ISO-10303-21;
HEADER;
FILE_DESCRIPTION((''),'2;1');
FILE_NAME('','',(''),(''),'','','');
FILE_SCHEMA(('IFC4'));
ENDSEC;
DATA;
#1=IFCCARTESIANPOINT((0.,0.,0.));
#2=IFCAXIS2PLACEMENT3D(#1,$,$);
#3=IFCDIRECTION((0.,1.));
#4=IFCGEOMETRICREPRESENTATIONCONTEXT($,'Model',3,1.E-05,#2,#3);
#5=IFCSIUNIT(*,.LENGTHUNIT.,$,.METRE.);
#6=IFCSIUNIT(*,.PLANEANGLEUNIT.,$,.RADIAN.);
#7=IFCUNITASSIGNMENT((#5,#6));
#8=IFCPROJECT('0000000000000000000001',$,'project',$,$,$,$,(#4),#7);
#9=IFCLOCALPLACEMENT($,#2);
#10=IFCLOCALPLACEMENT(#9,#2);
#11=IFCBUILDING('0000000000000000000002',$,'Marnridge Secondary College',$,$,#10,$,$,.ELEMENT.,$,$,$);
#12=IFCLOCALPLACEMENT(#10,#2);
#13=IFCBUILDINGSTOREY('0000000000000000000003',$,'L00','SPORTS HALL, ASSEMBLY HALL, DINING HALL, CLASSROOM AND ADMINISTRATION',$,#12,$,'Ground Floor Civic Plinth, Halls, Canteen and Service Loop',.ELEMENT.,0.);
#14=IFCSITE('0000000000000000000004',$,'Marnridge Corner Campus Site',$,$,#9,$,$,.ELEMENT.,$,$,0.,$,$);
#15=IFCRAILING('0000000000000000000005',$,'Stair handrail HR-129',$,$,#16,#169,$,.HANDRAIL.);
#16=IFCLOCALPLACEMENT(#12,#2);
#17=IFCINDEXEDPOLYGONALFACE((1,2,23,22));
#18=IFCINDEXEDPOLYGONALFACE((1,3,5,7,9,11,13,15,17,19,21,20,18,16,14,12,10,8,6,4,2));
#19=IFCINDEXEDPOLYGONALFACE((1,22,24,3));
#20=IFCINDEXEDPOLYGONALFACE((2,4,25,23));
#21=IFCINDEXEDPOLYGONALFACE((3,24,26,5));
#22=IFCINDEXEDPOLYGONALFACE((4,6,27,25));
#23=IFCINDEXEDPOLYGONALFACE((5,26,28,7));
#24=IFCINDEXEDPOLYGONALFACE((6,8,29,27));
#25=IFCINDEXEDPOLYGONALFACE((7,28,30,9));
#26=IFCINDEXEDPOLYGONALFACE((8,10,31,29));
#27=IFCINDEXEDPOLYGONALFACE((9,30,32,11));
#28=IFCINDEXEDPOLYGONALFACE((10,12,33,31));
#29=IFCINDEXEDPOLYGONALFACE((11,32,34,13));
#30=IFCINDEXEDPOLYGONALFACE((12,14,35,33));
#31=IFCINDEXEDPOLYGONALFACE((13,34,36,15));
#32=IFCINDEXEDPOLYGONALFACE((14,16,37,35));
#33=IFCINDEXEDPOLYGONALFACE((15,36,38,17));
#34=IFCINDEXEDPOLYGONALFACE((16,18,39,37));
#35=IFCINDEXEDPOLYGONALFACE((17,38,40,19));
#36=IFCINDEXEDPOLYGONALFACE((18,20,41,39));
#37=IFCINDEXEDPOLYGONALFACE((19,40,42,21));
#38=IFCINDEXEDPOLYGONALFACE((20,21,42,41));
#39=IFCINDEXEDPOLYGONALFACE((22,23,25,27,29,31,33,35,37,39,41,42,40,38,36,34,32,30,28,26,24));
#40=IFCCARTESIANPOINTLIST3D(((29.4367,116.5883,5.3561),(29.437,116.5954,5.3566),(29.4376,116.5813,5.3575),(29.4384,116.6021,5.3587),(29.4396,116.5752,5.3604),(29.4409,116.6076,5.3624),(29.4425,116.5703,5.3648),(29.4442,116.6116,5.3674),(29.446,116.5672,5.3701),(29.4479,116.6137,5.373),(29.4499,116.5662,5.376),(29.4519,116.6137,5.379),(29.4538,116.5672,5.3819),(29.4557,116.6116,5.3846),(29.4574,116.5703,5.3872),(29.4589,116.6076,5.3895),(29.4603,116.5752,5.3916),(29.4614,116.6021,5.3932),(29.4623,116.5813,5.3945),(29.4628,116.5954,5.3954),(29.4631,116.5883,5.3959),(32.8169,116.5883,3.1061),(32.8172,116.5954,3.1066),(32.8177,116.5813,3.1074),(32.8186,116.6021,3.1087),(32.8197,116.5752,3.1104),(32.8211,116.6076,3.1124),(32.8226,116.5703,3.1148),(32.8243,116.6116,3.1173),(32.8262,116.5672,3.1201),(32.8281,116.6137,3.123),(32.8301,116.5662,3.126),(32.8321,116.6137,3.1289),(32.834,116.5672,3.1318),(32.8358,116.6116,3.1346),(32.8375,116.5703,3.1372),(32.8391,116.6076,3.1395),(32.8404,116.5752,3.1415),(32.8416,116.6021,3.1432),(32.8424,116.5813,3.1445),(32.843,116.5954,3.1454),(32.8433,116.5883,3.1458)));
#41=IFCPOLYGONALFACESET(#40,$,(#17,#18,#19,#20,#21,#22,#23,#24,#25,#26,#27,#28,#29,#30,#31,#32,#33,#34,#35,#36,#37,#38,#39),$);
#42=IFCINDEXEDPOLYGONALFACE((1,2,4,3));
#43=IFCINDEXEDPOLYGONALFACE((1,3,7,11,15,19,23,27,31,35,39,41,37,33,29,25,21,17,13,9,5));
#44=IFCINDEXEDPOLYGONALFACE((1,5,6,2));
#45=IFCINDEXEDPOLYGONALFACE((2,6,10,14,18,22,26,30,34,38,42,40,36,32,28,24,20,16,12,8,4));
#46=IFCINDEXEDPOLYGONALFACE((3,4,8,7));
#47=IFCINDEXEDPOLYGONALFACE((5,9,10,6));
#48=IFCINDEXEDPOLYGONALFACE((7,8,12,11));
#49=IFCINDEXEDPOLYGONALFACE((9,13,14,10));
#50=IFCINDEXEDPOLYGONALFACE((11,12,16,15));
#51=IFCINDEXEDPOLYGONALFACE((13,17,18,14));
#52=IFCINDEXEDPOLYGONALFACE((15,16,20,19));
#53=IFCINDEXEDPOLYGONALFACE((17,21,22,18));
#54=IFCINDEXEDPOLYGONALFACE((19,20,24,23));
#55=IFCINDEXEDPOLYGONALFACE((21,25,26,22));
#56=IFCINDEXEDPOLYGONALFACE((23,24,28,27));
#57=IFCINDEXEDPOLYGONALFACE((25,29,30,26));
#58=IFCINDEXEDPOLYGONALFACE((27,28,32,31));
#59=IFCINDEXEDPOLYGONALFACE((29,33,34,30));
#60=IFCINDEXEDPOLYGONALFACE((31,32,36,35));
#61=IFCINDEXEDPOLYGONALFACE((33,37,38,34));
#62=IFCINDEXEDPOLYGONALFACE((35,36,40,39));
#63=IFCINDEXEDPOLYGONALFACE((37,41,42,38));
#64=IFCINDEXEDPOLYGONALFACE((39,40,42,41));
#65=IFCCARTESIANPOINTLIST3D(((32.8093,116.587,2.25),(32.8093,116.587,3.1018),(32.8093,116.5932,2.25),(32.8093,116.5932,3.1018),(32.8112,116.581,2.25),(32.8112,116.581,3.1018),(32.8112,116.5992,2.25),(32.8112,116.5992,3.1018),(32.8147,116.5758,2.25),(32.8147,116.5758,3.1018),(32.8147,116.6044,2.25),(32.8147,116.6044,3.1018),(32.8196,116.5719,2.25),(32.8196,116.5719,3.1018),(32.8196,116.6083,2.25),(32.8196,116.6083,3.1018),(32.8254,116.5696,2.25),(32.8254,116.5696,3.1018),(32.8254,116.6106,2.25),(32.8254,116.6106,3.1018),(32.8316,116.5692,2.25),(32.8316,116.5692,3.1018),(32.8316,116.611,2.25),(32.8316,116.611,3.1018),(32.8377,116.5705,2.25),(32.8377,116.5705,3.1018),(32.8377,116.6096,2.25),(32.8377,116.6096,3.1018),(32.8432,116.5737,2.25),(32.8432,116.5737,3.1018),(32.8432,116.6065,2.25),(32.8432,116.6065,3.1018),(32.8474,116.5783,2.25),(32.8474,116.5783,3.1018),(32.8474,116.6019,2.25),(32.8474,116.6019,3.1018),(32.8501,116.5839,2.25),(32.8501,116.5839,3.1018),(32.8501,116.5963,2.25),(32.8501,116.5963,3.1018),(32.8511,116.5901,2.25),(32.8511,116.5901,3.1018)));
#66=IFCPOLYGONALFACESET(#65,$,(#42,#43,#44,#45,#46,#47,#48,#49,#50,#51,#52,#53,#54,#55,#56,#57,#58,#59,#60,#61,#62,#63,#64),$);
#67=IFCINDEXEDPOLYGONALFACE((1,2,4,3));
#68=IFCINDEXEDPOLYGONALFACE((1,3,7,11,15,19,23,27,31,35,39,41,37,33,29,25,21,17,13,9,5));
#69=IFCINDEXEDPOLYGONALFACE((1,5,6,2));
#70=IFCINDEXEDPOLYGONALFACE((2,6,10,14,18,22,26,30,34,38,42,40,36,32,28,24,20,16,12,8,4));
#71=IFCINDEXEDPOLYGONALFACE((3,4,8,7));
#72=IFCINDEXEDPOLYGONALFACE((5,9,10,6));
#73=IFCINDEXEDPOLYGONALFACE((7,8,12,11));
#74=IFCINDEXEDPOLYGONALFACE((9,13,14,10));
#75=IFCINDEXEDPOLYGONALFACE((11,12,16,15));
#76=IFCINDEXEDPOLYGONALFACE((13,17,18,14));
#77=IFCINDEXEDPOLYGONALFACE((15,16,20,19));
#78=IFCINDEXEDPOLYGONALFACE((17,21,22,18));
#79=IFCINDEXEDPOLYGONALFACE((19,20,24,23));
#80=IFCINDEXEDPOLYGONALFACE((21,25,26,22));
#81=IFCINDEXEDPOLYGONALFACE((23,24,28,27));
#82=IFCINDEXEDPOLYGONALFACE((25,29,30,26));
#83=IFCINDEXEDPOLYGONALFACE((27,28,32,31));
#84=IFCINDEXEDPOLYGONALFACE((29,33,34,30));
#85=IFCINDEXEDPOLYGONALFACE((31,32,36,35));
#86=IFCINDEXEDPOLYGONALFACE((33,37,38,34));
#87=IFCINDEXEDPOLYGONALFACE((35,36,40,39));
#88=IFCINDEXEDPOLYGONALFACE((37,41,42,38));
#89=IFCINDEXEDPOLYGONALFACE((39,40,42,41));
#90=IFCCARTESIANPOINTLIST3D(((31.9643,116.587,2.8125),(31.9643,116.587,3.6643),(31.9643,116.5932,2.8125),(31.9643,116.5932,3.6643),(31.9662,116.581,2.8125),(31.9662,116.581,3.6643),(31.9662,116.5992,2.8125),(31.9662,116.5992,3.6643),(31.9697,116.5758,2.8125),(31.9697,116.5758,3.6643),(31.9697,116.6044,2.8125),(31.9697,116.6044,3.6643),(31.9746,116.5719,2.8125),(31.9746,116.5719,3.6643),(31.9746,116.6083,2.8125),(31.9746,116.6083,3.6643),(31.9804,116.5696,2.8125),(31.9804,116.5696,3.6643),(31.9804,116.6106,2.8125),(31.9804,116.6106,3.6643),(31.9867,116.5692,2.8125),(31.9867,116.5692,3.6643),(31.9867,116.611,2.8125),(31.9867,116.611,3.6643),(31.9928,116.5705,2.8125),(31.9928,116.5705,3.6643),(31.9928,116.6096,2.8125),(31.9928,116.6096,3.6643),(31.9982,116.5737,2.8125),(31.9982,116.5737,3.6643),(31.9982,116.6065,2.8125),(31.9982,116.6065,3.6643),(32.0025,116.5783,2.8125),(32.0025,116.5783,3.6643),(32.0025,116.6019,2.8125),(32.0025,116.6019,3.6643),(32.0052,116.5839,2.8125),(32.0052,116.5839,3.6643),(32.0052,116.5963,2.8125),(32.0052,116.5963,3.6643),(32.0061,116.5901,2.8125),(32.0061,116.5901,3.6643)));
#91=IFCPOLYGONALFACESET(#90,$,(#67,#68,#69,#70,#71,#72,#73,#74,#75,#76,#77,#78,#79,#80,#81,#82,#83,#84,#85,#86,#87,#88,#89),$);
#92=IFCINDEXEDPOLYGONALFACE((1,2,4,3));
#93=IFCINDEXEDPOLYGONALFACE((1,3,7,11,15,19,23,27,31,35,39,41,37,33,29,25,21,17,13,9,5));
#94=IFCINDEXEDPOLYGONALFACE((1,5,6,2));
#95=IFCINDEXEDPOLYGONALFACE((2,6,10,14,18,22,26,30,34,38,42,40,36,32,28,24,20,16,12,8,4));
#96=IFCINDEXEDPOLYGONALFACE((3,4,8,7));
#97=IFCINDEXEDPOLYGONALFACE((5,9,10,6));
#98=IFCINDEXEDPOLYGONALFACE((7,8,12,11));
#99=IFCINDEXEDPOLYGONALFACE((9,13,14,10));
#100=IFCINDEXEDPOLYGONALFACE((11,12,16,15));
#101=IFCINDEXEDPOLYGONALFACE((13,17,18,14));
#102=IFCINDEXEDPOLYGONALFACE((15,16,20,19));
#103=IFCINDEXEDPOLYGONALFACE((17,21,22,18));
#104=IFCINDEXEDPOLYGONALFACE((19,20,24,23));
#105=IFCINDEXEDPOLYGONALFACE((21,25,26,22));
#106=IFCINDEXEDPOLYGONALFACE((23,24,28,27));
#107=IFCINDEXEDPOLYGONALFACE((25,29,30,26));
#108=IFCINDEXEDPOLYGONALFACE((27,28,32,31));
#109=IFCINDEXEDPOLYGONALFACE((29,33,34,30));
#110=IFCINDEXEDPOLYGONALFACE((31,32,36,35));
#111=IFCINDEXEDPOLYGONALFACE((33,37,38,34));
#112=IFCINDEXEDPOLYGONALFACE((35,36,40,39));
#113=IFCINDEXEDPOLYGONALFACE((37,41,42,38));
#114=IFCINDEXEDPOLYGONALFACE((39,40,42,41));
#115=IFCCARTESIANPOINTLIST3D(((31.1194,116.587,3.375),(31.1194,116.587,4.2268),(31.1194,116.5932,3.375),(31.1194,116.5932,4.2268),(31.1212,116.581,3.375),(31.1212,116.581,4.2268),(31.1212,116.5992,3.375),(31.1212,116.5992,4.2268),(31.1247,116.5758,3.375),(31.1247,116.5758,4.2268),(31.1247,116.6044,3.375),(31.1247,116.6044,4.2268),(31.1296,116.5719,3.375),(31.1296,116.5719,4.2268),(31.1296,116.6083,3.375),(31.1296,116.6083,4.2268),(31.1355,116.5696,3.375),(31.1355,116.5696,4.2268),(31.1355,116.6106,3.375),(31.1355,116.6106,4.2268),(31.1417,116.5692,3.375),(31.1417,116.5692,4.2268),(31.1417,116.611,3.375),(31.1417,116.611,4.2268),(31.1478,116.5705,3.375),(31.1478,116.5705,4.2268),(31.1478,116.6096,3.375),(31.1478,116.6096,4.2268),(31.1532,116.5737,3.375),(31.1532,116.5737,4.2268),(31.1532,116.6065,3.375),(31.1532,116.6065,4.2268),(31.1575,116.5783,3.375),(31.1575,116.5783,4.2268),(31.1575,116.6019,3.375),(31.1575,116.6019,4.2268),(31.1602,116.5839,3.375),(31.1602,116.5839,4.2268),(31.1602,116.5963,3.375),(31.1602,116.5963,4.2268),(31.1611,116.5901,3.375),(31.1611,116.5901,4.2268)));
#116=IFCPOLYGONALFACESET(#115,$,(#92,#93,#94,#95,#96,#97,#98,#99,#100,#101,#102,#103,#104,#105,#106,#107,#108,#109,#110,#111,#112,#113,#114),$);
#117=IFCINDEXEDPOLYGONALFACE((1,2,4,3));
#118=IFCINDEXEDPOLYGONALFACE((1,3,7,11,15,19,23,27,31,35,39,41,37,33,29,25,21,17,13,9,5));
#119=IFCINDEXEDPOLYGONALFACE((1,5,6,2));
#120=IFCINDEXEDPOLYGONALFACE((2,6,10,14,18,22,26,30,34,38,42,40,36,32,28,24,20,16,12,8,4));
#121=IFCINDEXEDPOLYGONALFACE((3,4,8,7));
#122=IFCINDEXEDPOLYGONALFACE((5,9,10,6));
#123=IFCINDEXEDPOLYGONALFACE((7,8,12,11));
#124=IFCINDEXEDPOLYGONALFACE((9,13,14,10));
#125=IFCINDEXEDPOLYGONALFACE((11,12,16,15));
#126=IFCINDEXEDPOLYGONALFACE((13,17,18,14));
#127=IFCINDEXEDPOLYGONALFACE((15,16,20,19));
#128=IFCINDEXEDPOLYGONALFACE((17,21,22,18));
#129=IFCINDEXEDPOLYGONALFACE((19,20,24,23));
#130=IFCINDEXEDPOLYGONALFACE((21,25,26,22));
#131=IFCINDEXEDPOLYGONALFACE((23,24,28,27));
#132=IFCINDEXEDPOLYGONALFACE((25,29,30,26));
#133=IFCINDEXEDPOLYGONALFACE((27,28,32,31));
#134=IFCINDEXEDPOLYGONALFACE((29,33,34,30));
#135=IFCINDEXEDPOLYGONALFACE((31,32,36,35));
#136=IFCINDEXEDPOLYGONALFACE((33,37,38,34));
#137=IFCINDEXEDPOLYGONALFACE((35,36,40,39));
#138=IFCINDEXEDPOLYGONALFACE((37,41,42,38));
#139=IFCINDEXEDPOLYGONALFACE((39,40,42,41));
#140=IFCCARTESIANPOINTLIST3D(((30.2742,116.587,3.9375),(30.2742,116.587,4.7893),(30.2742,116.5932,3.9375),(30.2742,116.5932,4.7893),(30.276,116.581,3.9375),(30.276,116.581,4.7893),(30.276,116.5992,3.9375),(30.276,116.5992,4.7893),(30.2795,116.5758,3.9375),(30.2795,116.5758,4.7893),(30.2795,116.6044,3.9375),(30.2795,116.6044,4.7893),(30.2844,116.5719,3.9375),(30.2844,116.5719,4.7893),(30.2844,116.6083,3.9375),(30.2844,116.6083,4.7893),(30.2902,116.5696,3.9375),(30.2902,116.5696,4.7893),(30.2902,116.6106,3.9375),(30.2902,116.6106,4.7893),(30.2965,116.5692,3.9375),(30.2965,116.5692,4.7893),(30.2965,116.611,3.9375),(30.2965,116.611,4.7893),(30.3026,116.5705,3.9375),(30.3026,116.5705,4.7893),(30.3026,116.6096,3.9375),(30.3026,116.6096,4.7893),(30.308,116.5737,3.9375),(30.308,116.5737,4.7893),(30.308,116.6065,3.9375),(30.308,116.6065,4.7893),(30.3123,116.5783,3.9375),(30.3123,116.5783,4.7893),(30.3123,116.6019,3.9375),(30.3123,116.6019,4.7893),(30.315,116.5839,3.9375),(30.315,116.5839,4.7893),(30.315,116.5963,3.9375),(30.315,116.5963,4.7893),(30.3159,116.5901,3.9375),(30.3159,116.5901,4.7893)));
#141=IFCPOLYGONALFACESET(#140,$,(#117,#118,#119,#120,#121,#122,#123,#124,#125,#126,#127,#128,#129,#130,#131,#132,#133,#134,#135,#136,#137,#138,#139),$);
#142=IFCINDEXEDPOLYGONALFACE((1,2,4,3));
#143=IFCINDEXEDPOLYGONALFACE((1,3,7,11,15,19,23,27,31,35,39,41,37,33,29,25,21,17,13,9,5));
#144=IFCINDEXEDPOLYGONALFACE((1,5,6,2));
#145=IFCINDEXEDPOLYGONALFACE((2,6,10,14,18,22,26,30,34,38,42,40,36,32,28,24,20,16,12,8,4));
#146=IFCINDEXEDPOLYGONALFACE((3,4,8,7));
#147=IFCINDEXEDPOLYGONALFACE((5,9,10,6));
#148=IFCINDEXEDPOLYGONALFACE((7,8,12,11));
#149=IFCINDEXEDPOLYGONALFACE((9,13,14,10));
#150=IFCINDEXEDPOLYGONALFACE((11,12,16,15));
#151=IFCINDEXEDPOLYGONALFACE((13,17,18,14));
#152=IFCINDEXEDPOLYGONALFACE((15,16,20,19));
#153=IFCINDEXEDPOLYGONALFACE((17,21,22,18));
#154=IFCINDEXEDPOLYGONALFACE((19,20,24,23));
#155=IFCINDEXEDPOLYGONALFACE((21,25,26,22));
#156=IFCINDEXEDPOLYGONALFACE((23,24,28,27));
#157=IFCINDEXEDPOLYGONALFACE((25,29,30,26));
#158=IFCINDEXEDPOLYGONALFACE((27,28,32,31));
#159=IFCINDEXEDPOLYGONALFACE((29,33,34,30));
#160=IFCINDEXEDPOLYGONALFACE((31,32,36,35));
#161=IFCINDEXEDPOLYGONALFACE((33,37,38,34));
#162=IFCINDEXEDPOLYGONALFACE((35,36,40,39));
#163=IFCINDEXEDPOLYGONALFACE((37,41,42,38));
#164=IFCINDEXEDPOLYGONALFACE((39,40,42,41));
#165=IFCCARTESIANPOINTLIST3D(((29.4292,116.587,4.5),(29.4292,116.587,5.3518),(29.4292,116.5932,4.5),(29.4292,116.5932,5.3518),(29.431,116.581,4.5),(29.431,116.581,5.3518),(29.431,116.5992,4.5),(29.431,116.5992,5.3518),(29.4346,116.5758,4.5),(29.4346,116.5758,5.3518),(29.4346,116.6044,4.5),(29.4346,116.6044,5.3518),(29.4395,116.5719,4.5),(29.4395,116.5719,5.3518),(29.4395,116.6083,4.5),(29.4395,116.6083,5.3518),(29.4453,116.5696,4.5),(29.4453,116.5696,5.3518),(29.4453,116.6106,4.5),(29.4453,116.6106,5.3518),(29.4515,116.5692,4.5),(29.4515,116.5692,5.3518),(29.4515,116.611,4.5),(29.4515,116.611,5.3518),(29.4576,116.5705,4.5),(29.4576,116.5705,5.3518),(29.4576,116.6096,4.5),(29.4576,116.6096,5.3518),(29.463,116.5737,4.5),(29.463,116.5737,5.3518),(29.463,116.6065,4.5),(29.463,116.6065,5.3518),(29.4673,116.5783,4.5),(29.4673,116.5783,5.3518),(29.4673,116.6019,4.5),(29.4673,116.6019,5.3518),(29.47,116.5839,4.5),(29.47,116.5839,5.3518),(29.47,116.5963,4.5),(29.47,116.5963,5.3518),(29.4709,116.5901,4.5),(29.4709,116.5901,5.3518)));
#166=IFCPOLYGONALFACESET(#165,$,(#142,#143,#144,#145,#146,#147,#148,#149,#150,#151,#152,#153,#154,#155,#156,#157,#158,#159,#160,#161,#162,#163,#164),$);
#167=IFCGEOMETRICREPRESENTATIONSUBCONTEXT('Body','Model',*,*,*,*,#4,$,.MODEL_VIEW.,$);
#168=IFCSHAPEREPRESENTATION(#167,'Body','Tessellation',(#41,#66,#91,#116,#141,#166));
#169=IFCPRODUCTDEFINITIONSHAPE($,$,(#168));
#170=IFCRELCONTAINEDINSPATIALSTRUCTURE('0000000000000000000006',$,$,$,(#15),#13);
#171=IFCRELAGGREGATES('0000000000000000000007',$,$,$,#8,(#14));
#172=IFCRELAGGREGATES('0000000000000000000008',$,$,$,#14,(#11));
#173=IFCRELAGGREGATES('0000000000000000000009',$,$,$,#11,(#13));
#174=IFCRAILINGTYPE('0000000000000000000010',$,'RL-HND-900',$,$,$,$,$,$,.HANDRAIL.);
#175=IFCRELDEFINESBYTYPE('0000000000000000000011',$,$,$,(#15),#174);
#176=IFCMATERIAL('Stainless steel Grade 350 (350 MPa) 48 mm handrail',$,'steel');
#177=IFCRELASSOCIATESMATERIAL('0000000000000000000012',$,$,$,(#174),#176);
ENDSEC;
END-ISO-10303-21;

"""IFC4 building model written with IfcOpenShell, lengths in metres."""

from ifc_helpers import new_model, si_unit, direction, frame, origin, origin_2d, place, context, subcontext, project, spatial, circle, extrude, material, type_object, element, save


model = new_model("IFC4")

# Units and contexts
model_context = context("Model", 3, precision=1e-05, world=origin(), true_north=direction((0.0, 1.0)))
body_context = subcontext(model_context, "Body", "Model", "MODEL_VIEW")
ifc_project = project(units=[si_unit("LENGTHUNIT", "METRE"), si_unit("PLANEANGLEUNIT", "RADIAN")], contexts=[model_context])

# Site, building, storey
site_placement = place(None, origin())
site = spatial("IfcSite", under=ifc_project, at=site_placement, Name="Marnridge Corner Campus Site", CompositionType="ELEMENT", RefElevation=0.0)
building_placement = place(site_placement, origin())
building = spatial("IfcBuilding", under=site, at=building_placement, Name="Marnridge Secondary College", CompositionType="ELEMENT")
storey_placement = place(building_placement, origin())
storey = spatial("IfcBuildingStorey", under=building, at=storey_placement, Name="L00", Description="SPORTS HALL, ASSEMBLY HALL, DINING HALL, CLASSROOM AND ADMINISTRATION", LongName="Ground Floor Civic Plinth, Halls, Canteen and Service Loop", CompositionType="ELEMENT", Elevation=0.0)

# Railing
ifc_material_1 = material(Name="Stainless steel Grade 350 (350 MPa) 48 mm handrail", Category="steel")
railing_type = type_object("IfcRailingType", Name="RL-HND-900", PredefinedType="HANDRAIL", material=ifc_material_1)
for number, where, name in (
    (1, (32.8301, 116.5901, 2.25), "Stair handrail HR-129"),
):
    element("IfcRailing", number, at=place(storey_placement, frame(where)), inside=storey, type_object=railing_type, Name=name, PredefinedType="HANDRAIL", context=body_context, shape_type="SweptSolid", body=[
        extrude(circle(Radius=0.0239, at=origin_2d()), frame((0.0, 0.0, 0.876), z_axis=(-0.832439, 0.0, 0.554117), x_axis=(0.0, -1.0, 0.0)), (0.0, 0.0, 1.0), 4.0605),
        extrude(circle(Radius=0.021, at=origin_2d()), origin(), (0.0, 0.0, 1.0), 0.8518),
        extrude(circle(Radius=0.021, at=origin_2d()), frame((-0.845, 0.0, 0.5625)), (0.0, 0.0, 1.0), 0.8518),
        extrude(circle(Radius=0.021, at=origin_2d()), frame((-1.6899, 0.0, 1.125)), (0.0, 0.0, 1.0), 0.8518),
        extrude(circle(Radius=0.021, at=origin_2d()), frame((-2.5352, 0.0, 1.6875)), (0.0, 0.0, 1.0), 0.8518),
        extrude(circle(Radius=0.021, at=origin_2d()), frame((-3.3801, 0.0, 2.25)), (0.0, 0.0, 1.0), 0.8518),
    ])

save(model, "model.ifc")
